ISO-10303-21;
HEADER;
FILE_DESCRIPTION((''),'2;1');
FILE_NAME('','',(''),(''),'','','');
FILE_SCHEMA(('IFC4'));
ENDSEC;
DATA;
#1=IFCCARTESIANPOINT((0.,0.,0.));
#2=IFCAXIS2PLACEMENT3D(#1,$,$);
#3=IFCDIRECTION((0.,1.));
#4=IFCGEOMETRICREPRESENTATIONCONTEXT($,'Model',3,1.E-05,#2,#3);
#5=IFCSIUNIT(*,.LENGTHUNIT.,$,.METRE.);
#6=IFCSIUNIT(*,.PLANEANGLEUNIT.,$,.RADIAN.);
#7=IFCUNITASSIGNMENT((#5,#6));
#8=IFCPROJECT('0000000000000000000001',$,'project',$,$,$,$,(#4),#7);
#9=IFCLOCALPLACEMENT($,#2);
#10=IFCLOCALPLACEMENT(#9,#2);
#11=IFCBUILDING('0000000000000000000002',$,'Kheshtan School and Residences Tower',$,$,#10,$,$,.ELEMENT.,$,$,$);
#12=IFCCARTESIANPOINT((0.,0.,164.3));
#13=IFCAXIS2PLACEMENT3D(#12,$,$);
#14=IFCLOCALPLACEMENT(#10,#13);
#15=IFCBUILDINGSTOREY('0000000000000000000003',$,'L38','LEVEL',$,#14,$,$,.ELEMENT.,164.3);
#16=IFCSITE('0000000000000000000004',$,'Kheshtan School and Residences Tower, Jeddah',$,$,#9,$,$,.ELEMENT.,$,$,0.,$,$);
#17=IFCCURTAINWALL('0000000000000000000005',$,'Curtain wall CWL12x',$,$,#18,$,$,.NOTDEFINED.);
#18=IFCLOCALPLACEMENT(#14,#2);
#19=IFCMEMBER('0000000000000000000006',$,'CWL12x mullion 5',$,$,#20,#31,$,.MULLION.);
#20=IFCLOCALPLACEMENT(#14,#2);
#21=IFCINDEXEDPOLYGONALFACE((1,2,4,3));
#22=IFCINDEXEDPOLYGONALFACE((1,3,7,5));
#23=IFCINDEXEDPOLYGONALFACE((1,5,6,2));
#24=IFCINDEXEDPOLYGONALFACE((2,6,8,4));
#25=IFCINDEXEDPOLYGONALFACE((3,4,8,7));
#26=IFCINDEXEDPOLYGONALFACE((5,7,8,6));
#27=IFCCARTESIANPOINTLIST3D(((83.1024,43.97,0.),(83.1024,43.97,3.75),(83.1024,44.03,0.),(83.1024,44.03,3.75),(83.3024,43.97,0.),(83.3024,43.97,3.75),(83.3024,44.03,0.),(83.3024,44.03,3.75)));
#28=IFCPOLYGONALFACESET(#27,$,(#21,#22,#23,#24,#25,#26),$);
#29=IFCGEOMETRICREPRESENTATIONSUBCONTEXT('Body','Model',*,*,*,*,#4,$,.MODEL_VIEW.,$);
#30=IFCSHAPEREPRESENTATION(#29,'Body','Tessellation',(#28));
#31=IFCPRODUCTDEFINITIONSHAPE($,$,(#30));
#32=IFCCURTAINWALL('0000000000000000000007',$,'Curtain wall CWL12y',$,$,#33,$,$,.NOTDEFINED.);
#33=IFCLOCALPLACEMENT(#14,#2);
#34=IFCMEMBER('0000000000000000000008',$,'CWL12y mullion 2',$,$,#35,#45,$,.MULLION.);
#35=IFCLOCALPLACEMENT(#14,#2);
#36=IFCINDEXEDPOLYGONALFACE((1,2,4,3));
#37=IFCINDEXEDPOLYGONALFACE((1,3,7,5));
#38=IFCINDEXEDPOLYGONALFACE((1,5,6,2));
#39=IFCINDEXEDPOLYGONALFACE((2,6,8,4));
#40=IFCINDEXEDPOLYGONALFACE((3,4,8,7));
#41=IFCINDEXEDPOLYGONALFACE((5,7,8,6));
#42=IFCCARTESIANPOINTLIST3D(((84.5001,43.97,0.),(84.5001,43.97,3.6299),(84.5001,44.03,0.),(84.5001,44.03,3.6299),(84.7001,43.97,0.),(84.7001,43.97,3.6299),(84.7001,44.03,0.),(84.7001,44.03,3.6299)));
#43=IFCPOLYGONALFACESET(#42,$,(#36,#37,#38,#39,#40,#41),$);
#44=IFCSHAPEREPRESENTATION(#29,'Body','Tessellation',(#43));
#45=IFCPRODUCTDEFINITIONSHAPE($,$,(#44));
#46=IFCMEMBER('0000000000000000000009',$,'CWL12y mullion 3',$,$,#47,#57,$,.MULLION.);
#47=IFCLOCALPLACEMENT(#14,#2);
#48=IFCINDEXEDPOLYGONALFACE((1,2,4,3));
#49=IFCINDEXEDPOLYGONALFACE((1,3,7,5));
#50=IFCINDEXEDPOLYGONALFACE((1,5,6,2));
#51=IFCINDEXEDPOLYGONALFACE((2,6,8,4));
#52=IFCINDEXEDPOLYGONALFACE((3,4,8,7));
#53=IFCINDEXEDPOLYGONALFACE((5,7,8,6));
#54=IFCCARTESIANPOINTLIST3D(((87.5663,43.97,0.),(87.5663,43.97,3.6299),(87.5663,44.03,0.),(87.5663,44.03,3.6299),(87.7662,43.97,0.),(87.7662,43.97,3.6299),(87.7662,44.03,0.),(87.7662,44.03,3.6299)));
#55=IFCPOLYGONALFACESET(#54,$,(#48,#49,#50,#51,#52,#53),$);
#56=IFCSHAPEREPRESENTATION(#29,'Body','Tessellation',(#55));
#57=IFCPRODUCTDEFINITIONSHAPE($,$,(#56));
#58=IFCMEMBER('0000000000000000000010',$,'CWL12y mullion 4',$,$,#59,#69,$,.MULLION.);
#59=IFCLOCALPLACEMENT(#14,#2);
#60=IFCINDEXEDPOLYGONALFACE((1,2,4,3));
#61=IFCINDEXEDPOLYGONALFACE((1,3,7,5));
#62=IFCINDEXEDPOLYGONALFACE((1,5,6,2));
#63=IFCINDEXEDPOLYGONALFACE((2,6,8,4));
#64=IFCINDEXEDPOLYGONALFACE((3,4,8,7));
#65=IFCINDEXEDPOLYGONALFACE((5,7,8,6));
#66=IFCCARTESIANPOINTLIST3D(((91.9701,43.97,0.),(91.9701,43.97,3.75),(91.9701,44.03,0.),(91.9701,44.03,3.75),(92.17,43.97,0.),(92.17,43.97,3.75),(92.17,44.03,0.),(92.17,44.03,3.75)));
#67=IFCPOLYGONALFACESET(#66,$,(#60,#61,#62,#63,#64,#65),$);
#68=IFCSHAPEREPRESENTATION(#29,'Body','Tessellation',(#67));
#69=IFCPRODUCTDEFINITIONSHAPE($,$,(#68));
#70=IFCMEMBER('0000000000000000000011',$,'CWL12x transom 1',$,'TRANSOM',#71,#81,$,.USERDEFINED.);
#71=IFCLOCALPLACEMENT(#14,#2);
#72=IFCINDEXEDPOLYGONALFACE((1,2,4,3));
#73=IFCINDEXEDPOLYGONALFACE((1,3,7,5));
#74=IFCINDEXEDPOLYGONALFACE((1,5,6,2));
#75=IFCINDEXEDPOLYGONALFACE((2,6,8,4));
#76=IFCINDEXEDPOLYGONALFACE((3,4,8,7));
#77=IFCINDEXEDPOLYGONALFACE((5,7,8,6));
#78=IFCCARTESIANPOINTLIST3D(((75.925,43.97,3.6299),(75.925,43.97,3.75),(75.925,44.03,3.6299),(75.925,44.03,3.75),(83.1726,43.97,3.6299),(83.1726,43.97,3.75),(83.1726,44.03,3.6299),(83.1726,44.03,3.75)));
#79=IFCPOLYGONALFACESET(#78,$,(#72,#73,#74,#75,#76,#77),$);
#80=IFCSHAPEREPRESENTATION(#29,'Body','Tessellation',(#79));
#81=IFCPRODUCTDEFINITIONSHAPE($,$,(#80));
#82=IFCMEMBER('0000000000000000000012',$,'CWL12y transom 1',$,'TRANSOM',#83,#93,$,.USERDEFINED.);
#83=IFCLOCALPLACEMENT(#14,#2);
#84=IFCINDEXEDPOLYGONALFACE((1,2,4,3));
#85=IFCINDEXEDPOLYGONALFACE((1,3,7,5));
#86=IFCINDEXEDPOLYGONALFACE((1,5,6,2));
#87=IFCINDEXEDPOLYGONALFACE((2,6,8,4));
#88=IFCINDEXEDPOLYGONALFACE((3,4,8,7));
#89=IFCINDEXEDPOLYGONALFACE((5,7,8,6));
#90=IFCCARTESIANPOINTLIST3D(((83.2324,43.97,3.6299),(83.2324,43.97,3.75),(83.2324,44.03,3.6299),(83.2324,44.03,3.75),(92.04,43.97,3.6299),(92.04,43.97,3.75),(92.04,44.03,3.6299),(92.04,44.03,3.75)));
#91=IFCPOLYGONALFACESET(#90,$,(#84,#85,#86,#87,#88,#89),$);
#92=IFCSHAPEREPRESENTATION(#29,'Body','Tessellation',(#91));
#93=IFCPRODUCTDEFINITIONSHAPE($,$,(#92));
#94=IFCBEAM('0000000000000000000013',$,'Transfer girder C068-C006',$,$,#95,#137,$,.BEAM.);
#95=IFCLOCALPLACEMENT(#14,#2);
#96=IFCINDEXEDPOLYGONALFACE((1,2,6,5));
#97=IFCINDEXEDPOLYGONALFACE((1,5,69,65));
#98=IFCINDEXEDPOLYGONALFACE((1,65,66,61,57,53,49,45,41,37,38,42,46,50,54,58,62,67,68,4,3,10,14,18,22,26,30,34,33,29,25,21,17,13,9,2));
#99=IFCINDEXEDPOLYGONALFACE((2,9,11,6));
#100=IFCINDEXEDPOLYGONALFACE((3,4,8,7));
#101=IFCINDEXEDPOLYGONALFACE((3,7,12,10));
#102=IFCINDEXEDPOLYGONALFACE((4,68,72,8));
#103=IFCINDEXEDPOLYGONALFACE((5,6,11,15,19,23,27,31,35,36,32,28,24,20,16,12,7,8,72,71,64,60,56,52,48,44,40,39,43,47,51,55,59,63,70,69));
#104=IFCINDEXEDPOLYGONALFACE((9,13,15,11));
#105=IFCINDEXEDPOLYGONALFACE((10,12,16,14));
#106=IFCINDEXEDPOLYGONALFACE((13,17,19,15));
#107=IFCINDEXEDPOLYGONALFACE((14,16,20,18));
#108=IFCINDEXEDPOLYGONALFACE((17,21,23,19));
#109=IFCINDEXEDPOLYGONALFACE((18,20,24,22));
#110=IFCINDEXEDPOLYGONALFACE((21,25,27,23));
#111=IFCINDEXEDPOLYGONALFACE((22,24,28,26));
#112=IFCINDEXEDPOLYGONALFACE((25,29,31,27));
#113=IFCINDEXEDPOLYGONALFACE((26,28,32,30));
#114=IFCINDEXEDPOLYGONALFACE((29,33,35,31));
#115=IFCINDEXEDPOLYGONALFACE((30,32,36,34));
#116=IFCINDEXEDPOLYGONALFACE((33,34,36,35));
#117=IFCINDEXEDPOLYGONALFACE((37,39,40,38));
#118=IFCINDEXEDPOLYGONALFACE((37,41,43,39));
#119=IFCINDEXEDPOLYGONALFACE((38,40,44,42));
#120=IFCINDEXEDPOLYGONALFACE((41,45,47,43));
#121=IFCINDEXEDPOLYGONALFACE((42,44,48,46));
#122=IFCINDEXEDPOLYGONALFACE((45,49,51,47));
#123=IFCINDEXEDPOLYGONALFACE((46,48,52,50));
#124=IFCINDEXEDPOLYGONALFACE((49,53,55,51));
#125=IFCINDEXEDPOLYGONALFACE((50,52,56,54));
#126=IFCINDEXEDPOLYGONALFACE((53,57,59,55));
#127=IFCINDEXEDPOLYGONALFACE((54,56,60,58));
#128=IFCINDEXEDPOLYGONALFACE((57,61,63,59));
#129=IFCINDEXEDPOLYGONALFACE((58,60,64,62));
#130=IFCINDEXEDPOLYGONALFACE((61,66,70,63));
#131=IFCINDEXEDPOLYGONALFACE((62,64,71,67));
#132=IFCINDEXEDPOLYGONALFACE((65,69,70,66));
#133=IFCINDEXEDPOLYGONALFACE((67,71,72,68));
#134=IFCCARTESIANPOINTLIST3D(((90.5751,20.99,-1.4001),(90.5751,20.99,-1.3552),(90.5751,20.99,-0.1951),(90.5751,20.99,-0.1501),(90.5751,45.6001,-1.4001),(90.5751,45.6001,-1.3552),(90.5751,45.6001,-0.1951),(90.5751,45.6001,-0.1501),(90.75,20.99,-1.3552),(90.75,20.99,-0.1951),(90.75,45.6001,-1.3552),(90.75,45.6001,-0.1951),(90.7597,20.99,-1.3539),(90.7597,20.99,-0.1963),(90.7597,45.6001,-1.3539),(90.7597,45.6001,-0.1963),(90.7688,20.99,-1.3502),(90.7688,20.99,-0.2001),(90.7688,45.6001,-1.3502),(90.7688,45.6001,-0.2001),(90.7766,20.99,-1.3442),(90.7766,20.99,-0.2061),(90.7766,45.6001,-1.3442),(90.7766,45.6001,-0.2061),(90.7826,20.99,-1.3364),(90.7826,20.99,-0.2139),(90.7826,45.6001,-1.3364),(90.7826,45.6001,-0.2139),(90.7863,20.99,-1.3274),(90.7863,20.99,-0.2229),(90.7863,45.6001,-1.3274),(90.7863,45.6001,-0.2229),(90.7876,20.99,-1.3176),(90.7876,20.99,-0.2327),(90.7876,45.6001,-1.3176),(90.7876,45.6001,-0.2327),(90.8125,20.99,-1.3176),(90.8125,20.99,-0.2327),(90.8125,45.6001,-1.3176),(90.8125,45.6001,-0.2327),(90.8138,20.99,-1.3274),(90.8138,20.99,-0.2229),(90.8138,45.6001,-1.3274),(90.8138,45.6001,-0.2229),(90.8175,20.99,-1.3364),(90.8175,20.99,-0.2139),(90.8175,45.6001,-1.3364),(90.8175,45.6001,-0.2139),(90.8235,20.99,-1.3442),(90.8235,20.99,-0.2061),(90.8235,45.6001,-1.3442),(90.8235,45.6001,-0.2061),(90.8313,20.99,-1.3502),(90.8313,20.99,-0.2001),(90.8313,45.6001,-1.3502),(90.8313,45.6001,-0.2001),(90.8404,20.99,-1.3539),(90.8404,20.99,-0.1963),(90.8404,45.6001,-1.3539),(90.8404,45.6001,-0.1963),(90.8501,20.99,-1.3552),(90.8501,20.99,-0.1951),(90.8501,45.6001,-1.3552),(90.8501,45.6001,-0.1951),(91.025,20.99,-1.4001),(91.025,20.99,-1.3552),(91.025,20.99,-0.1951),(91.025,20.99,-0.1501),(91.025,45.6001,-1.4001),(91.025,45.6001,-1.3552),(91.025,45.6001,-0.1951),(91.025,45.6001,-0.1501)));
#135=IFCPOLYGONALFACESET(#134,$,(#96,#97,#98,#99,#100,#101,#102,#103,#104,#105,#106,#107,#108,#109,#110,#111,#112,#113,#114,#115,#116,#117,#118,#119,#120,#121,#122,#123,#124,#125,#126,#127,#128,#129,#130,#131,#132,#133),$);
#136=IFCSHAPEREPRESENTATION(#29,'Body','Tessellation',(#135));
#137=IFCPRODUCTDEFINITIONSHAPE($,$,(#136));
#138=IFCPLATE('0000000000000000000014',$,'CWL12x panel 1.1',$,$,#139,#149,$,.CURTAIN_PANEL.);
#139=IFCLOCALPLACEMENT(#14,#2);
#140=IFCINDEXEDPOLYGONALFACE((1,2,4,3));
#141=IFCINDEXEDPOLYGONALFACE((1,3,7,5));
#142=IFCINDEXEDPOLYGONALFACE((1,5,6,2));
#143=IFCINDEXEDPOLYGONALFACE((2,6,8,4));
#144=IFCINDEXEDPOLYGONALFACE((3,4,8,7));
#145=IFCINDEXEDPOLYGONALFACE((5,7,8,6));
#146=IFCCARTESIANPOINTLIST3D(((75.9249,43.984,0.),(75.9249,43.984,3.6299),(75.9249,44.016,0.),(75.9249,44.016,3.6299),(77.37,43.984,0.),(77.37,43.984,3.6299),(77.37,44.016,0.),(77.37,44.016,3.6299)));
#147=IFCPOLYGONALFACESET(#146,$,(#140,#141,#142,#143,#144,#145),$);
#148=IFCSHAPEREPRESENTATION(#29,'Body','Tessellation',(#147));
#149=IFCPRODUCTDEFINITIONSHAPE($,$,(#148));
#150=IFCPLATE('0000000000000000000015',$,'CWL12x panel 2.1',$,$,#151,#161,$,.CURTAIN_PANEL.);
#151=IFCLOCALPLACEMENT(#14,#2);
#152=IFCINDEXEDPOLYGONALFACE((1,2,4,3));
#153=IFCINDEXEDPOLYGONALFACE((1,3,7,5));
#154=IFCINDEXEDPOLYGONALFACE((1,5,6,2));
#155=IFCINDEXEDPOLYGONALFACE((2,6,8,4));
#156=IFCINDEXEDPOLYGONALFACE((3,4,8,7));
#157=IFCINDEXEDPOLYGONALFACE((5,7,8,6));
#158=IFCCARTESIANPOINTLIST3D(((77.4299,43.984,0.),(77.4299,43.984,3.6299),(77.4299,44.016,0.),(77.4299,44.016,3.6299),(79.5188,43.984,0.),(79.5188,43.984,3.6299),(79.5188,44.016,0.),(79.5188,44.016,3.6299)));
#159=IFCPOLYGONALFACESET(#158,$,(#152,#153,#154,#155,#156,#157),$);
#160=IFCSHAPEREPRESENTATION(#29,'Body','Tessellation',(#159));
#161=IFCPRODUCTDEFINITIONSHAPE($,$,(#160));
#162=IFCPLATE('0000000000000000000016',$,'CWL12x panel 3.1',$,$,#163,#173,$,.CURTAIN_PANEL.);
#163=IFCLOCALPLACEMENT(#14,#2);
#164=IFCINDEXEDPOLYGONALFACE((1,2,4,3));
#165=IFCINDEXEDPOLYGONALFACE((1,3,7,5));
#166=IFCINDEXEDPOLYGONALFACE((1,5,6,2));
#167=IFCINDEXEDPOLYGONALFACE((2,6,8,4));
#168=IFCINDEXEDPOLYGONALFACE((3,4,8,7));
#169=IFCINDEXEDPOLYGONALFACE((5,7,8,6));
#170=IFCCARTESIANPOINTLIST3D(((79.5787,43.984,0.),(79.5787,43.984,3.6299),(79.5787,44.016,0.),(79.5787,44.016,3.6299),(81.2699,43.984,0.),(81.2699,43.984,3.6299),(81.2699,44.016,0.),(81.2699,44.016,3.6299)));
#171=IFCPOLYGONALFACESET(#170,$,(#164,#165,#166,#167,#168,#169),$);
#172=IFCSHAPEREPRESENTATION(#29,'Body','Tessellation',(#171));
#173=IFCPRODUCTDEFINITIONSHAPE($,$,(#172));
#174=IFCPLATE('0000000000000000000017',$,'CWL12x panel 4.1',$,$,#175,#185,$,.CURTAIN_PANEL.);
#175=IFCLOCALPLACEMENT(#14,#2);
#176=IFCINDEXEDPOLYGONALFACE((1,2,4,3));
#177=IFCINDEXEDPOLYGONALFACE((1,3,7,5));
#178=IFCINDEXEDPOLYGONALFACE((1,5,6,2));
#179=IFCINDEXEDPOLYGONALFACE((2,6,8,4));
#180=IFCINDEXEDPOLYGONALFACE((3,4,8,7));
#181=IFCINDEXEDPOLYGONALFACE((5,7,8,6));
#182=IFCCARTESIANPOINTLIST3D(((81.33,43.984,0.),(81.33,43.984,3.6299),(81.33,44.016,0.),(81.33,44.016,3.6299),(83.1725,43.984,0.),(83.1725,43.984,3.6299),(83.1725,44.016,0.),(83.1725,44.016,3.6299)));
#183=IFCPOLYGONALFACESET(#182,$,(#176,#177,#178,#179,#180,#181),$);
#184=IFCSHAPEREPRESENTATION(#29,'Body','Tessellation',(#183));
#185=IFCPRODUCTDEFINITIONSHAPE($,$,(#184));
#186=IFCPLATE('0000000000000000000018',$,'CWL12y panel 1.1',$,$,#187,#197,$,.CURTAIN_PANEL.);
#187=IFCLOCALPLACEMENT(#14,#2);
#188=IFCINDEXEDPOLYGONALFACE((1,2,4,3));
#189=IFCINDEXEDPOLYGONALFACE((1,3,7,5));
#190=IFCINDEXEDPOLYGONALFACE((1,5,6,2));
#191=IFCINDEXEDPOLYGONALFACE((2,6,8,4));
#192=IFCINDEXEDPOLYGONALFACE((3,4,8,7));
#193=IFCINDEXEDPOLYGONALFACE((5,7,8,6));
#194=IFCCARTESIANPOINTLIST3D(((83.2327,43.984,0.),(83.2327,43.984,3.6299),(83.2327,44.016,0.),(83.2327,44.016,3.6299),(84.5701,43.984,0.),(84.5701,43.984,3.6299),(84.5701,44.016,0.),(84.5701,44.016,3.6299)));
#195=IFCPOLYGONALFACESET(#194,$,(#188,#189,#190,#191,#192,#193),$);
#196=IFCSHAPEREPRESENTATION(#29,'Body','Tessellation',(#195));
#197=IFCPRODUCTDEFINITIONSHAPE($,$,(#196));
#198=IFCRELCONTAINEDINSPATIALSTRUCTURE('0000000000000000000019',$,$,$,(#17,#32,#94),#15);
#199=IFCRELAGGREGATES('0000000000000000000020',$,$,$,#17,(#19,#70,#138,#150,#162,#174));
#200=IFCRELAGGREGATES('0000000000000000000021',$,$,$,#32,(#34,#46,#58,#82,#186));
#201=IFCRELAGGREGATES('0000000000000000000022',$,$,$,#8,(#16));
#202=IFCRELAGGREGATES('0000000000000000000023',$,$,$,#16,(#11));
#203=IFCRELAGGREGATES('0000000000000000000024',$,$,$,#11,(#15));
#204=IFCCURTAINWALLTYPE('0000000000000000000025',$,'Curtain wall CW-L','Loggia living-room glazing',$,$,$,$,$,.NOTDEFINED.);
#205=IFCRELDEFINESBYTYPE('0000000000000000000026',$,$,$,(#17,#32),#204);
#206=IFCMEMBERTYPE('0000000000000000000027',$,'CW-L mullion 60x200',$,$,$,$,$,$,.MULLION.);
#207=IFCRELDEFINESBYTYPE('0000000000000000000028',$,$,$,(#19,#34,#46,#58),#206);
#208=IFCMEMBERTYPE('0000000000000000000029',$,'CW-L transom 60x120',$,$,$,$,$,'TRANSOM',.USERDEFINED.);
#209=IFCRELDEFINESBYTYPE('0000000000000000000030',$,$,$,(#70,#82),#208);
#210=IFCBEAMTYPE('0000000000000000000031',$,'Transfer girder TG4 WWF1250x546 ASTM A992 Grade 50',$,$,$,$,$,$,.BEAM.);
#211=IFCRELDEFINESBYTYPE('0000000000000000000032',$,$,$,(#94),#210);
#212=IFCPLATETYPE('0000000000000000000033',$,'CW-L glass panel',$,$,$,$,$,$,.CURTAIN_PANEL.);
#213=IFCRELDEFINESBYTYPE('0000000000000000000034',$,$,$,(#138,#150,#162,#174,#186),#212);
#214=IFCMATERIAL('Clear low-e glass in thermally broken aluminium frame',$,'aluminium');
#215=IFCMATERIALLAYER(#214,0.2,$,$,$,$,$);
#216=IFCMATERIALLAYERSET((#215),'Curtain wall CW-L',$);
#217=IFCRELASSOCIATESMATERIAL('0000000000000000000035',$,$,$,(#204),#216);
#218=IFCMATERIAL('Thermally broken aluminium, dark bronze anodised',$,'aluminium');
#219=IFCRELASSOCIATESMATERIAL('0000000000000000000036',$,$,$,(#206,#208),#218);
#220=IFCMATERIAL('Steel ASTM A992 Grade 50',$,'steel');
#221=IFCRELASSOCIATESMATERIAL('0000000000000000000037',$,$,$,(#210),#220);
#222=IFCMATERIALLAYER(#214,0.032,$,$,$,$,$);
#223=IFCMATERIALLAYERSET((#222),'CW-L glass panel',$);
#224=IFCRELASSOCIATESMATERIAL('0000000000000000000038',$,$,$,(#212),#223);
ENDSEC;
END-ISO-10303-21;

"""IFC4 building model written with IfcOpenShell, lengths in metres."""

from ifc_helpers import new_model, si_unit, direction, frame, origin, origin_2d, place, context, subcontext, project, spatial, rectangle, i_section, extrude, material, layer, layer_set, material_profile, profile_set, type_object, element, aggregate, save


model = new_model("IFC4")

# Units and contexts
model_context = context("Model", 3, precision=1e-05, world=origin(), true_north=direction((0.0, 1.0)))
body_context = subcontext(model_context, "Body", "Model", "MODEL_VIEW")
ifc_project = project(units=[si_unit("LENGTHUNIT", "METRE"), si_unit("PLANEANGLEUNIT", "RADIAN")], contexts=[model_context])

# Site, building, storey
site_placement = place(None, origin())
site = spatial("IfcSite", under=ifc_project, at=site_placement, Name="Kheshtan School and Residences Tower, Jeddah", CompositionType="ELEMENT", RefElevation=0.0)
building_placement = place(site_placement, origin())
building = spatial("IfcBuilding", under=site, at=building_placement, Name="Kheshtan School and Residences Tower", CompositionType="ELEMENT")
storey_placement = place(building_placement, frame((0.0, 0.0, 164.3)))
storey = spatial("IfcBuildingStorey", under=building, at=storey_placement, Name="L38", Description="LEVEL", CompositionType="ELEMENT", Elevation=164.3)

# Shared definitions
ifc_material_1 = material(Name="Steel ASTM A992 Grade 50", Category="steel")

# Curtain walls, members
ifc_material_2 = material(Name="Clear low-e glass in thermally broken aluminium frame", Category="aluminium")
ifc_layer_1 = layer(ifc_material_2, 0.2)
ifc_layer_set_1 = layer_set([ifc_layer_1], Name="Curtain wall CW-L")
curtain_wall_type = type_object("IfcCurtainWallType", Name="Curtain wall CW-L", Description="Loggia living-room glazing", PredefinedType="NOTDEFINED", material=ifc_layer_set_1)
curtain_wall_1_placement = place(storey_placement, origin())
curtain_wall_1 = element("IfcCurtainWall", 1, at=curtain_wall_1_placement, inside=storey, type_object=curtain_wall_type, Name="Curtain wall CWL12x", PredefinedType="NOTDEFINED")
ifc_material_3 = material(Name="Thermally broken aluminium, dark bronze anodised", Category="aluminium")
ifc_material_profile_1 = material_profile(ifc_material_3, rectangle(XDim=0.0601, YDim=0.2, at=origin_2d()), Name="CW-L mullion 60x200")
ifc_profile_set_1 = profile_set([ifc_material_profile_1], Name="Thermally broken aluminium, dark bronze anodised")
member_type_1 = type_object("IfcMemberType", Name="CW-L mullion 60x200", PredefinedType="MULLION", material=ifc_profile_set_1)
member_1_placement = place(storey_placement, frame((83.2024, 44.0, 0.0), z_axis=(0.0, 0.0, 1.0), x_axis=(0.0, 1.0, 0.0)))
member_1 = element("IfcMember", 2, at=member_1_placement, type_object=member_type_1, Name="CWL12x mullion 5", PredefinedType="MULLION", context=body_context, shape_type="SweptSolid", body=[
    extrude(rectangle(XDim=0.0601, YDim=0.2, at=origin_2d()), origin(), (0.0, 0.0, 1.0), 3.75),
])
curtain_wall_2_placement = place(storey_placement, origin())
curtain_wall_2 = element("IfcCurtainWall", 3, at=curtain_wall_2_placement, inside=storey, type_object=curtain_wall_type, Name="Curtain wall CWL12y", PredefinedType="NOTDEFINED")
member_2_placement = place(storey_placement, frame((84.6001, 44.0, 0.0), z_axis=(0.0, 0.0, 1.0), x_axis=(0.0, 1.0, 0.0)))
member_2 = element("IfcMember", 4, at=member_2_placement, type_object=member_type_1, Name="CWL12y mullion 2", PredefinedType="MULLION", context=body_context, shape_type="SweptSolid", body=[
    extrude(rectangle(XDim=0.0601, YDim=0.2, at=origin_2d()), origin(), (0.0, 0.0, 1.0), 3.6299),
])
member_3_placement = place(storey_placement, frame((87.6663, 44.0, 0.0), z_axis=(0.0, 0.0, 1.0), x_axis=(0.0, 1.0, 0.0)))
member_3 = element("IfcMember", 5, at=member_3_placement, type_object=member_type_1, Name="CWL12y mullion 3", PredefinedType="MULLION", context=body_context, shape_type="SweptSolid", body=[
    extrude(rectangle(XDim=0.0601, YDim=0.2, at=origin_2d()), origin(), (0.0, 0.0, 1.0), 3.6299),
])
member_4_placement = place(storey_placement, frame((92.0701, 44.0, 0.0), z_axis=(0.0, 0.0, 1.0), x_axis=(0.0, 1.0, 0.0)))
member_4 = element("IfcMember", 6, at=member_4_placement, type_object=member_type_1, Name="CWL12y mullion 4", PredefinedType="MULLION", context=body_context, shape_type="SweptSolid", body=[
    extrude(rectangle(XDim=0.0601, YDim=0.2, at=origin_2d()), origin(), (0.0, 0.0, 1.0), 3.75),
])

# Members
ifc_material_profile_2 = material_profile(ifc_material_3, rectangle(XDim=0.0601, YDim=0.1201, at=origin_2d()), Name="CW-L transom 60x120")
ifc_profile_set_2 = profile_set([ifc_material_profile_2], Name="Thermally broken aluminium, dark bronze anodised")
member_type_2 = type_object("IfcMemberType", Name="CW-L transom 60x120", ElementType="TRANSOM", PredefinedType="USERDEFINED", material=ifc_profile_set_2)
member_5_placement = place(storey_placement, frame((75.925, 44.0, 3.6899), z_axis=(1.0, 0.0, 0.0), x_axis=(0.0, 1.0, 0.0)))
member_5 = element("IfcMember", 7, at=member_5_placement, type_object=member_type_2, Name="CWL12x transom 1", ObjectType="TRANSOM", PredefinedType="USERDEFINED", context=body_context, shape_type="SweptSolid", body=[
    extrude(rectangle(XDim=0.0601, YDim=0.1201, at=origin_2d()), origin(), (0.0, 0.0, 1.0), 7.2476),
])
member_6_placement = place(storey_placement, frame((83.2324, 44.0, 3.6899), z_axis=(1.0, 0.0, 0.0), x_axis=(0.0, 1.0, 0.0)))
member_6 = element("IfcMember", 8, at=member_6_placement, type_object=member_type_2, Name="CWL12y transom 1", ObjectType="TRANSOM", PredefinedType="USERDEFINED", context=body_context, shape_type="SweptSolid", body=[
    extrude(rectangle(XDim=0.0601, YDim=0.1201, at=origin_2d()), origin(), (0.0, 0.0, 1.0), 8.8076),
])

# Beam
ifc_material_profile_3 = material_profile(ifc_material_1, i_section(OverallWidth=0.45, OverallDepth=1.25, WebThickness=0.0249, FlangeThickness=0.0449, FilletRadius=0.0376, at=origin_2d()), Name="WWF1250x546")
ifc_profile_set_3 = profile_set([ifc_material_profile_3], Name="Steel ASTM A992 Grade 50")
beam_type_1 = type_object("IfcBeamType", Name="Transfer girder TG4 WWF1250x546 ASTM A992 Grade 50", PredefinedType="BEAM", material=ifc_profile_set_3)
beam_1_placement = place(storey_placement, frame((90.8, 45.6001, -0.7751), z_axis=(0.0, -1.0, 0.0), x_axis=(1.0, 0.0, 0.0)))
element("IfcBeam", 9, at=beam_1_placement, inside=storey, type_object=beam_type_1, Name="Transfer girder C068-C006", PredefinedType="BEAM", context=body_context, shape_type="SweptSolid", body=[
    extrude(i_section(OverallWidth=0.45, OverallDepth=1.25, WebThickness=0.0249, FlangeThickness=0.0449, FilletRadius=0.0376, at=origin_2d()), origin(), (0.0, 0.0, 1.0), 24.6101),
])

# Plates
ifc_layer_2 = layer(ifc_material_2, 0.032)
ifc_layer_set_2 = layer_set([ifc_layer_2], Name="CW-L glass panel")
plate_type = type_object("IfcPlateType", Name="CW-L glass panel", PredefinedType="CURTAIN_PANEL", material=ifc_layer_set_2)
plate_1_placement = place(storey_placement, frame((76.6475, 44.0, 0.0), z_axis=(0.0, 0.0, 1.0), x_axis=(1.0, 0.0, 0.0)))
plate_1 = element("IfcPlate", 10, at=plate_1_placement, type_object=plate_type, Name="CWL12x panel 1.1", PredefinedType="CURTAIN_PANEL", context=body_context, shape_type="SweptSolid", body=[
    extrude(rectangle(XDim=1.4451, YDim=0.032, at=origin_2d()), origin(), (0.0, 0.0, 1.0), 3.6299),
])
plate_2_placement = place(storey_placement, frame((78.4744, 44.0, 0.0), z_axis=(0.0, 0.0, 1.0), x_axis=(1.0, 0.0, 0.0)))
plate_2 = element("IfcPlate", 11, at=plate_2_placement, type_object=plate_type, Name="CWL12x panel 2.1", PredefinedType="CURTAIN_PANEL", context=body_context, shape_type="SweptSolid", body=[
    extrude(rectangle(XDim=2.0889, YDim=0.032, at=origin_2d()), origin(), (0.0, 0.0, 1.0), 3.6299),
])
plate_3_placement = place(storey_placement, frame((80.4243, 44.0, 0.0), z_axis=(0.0, 0.0, 1.0), x_axis=(1.0, 0.0, 0.0)))
plate_3 = element("IfcPlate", 12, at=plate_3_placement, type_object=plate_type, Name="CWL12x panel 3.1", PredefinedType="CURTAIN_PANEL", context=body_context, shape_type="SweptSolid", body=[
    extrude(rectangle(XDim=1.6912, YDim=0.032, at=origin_2d()), origin(), (0.0, 0.0, 1.0), 3.6299),
])
plate_4_placement = place(storey_placement, frame((82.2512, 44.0, 0.0), z_axis=(0.0, 0.0, 1.0), x_axis=(1.0, 0.0, 0.0)))
plate_4 = element("IfcPlate", 13, at=plate_4_placement, type_object=plate_type, Name="CWL12x panel 4.1", PredefinedType="CURTAIN_PANEL", context=body_context, shape_type="SweptSolid", body=[
    extrude(rectangle(XDim=1.8425, YDim=0.032, at=origin_2d()), origin(), (0.0, 0.0, 1.0), 3.6299),
])
aggregate(curtain_wall_1, [member_1, member_5, plate_1, plate_2, plate_3, plate_4])
plate_5_placement = place(storey_placement, frame((83.9014, 44.0, 0.0), z_axis=(0.0, 0.0, 1.0), x_axis=(1.0, 0.0, 0.0)))
plate_5 = element("IfcPlate", 14, at=plate_5_placement, type_object=plate_type, Name="CWL12y panel 1.1", PredefinedType="CURTAIN_PANEL", context=body_context, shape_type="SweptSolid", body=[
    extrude(rectangle(XDim=1.3374, YDim=0.032, at=origin_2d()), origin(), (0.0, 0.0, 1.0), 3.6299),
])
aggregate(curtain_wall_2, [member_2, member_3, member_4, member_6, plate_5])

save(model, "model.ifc")
